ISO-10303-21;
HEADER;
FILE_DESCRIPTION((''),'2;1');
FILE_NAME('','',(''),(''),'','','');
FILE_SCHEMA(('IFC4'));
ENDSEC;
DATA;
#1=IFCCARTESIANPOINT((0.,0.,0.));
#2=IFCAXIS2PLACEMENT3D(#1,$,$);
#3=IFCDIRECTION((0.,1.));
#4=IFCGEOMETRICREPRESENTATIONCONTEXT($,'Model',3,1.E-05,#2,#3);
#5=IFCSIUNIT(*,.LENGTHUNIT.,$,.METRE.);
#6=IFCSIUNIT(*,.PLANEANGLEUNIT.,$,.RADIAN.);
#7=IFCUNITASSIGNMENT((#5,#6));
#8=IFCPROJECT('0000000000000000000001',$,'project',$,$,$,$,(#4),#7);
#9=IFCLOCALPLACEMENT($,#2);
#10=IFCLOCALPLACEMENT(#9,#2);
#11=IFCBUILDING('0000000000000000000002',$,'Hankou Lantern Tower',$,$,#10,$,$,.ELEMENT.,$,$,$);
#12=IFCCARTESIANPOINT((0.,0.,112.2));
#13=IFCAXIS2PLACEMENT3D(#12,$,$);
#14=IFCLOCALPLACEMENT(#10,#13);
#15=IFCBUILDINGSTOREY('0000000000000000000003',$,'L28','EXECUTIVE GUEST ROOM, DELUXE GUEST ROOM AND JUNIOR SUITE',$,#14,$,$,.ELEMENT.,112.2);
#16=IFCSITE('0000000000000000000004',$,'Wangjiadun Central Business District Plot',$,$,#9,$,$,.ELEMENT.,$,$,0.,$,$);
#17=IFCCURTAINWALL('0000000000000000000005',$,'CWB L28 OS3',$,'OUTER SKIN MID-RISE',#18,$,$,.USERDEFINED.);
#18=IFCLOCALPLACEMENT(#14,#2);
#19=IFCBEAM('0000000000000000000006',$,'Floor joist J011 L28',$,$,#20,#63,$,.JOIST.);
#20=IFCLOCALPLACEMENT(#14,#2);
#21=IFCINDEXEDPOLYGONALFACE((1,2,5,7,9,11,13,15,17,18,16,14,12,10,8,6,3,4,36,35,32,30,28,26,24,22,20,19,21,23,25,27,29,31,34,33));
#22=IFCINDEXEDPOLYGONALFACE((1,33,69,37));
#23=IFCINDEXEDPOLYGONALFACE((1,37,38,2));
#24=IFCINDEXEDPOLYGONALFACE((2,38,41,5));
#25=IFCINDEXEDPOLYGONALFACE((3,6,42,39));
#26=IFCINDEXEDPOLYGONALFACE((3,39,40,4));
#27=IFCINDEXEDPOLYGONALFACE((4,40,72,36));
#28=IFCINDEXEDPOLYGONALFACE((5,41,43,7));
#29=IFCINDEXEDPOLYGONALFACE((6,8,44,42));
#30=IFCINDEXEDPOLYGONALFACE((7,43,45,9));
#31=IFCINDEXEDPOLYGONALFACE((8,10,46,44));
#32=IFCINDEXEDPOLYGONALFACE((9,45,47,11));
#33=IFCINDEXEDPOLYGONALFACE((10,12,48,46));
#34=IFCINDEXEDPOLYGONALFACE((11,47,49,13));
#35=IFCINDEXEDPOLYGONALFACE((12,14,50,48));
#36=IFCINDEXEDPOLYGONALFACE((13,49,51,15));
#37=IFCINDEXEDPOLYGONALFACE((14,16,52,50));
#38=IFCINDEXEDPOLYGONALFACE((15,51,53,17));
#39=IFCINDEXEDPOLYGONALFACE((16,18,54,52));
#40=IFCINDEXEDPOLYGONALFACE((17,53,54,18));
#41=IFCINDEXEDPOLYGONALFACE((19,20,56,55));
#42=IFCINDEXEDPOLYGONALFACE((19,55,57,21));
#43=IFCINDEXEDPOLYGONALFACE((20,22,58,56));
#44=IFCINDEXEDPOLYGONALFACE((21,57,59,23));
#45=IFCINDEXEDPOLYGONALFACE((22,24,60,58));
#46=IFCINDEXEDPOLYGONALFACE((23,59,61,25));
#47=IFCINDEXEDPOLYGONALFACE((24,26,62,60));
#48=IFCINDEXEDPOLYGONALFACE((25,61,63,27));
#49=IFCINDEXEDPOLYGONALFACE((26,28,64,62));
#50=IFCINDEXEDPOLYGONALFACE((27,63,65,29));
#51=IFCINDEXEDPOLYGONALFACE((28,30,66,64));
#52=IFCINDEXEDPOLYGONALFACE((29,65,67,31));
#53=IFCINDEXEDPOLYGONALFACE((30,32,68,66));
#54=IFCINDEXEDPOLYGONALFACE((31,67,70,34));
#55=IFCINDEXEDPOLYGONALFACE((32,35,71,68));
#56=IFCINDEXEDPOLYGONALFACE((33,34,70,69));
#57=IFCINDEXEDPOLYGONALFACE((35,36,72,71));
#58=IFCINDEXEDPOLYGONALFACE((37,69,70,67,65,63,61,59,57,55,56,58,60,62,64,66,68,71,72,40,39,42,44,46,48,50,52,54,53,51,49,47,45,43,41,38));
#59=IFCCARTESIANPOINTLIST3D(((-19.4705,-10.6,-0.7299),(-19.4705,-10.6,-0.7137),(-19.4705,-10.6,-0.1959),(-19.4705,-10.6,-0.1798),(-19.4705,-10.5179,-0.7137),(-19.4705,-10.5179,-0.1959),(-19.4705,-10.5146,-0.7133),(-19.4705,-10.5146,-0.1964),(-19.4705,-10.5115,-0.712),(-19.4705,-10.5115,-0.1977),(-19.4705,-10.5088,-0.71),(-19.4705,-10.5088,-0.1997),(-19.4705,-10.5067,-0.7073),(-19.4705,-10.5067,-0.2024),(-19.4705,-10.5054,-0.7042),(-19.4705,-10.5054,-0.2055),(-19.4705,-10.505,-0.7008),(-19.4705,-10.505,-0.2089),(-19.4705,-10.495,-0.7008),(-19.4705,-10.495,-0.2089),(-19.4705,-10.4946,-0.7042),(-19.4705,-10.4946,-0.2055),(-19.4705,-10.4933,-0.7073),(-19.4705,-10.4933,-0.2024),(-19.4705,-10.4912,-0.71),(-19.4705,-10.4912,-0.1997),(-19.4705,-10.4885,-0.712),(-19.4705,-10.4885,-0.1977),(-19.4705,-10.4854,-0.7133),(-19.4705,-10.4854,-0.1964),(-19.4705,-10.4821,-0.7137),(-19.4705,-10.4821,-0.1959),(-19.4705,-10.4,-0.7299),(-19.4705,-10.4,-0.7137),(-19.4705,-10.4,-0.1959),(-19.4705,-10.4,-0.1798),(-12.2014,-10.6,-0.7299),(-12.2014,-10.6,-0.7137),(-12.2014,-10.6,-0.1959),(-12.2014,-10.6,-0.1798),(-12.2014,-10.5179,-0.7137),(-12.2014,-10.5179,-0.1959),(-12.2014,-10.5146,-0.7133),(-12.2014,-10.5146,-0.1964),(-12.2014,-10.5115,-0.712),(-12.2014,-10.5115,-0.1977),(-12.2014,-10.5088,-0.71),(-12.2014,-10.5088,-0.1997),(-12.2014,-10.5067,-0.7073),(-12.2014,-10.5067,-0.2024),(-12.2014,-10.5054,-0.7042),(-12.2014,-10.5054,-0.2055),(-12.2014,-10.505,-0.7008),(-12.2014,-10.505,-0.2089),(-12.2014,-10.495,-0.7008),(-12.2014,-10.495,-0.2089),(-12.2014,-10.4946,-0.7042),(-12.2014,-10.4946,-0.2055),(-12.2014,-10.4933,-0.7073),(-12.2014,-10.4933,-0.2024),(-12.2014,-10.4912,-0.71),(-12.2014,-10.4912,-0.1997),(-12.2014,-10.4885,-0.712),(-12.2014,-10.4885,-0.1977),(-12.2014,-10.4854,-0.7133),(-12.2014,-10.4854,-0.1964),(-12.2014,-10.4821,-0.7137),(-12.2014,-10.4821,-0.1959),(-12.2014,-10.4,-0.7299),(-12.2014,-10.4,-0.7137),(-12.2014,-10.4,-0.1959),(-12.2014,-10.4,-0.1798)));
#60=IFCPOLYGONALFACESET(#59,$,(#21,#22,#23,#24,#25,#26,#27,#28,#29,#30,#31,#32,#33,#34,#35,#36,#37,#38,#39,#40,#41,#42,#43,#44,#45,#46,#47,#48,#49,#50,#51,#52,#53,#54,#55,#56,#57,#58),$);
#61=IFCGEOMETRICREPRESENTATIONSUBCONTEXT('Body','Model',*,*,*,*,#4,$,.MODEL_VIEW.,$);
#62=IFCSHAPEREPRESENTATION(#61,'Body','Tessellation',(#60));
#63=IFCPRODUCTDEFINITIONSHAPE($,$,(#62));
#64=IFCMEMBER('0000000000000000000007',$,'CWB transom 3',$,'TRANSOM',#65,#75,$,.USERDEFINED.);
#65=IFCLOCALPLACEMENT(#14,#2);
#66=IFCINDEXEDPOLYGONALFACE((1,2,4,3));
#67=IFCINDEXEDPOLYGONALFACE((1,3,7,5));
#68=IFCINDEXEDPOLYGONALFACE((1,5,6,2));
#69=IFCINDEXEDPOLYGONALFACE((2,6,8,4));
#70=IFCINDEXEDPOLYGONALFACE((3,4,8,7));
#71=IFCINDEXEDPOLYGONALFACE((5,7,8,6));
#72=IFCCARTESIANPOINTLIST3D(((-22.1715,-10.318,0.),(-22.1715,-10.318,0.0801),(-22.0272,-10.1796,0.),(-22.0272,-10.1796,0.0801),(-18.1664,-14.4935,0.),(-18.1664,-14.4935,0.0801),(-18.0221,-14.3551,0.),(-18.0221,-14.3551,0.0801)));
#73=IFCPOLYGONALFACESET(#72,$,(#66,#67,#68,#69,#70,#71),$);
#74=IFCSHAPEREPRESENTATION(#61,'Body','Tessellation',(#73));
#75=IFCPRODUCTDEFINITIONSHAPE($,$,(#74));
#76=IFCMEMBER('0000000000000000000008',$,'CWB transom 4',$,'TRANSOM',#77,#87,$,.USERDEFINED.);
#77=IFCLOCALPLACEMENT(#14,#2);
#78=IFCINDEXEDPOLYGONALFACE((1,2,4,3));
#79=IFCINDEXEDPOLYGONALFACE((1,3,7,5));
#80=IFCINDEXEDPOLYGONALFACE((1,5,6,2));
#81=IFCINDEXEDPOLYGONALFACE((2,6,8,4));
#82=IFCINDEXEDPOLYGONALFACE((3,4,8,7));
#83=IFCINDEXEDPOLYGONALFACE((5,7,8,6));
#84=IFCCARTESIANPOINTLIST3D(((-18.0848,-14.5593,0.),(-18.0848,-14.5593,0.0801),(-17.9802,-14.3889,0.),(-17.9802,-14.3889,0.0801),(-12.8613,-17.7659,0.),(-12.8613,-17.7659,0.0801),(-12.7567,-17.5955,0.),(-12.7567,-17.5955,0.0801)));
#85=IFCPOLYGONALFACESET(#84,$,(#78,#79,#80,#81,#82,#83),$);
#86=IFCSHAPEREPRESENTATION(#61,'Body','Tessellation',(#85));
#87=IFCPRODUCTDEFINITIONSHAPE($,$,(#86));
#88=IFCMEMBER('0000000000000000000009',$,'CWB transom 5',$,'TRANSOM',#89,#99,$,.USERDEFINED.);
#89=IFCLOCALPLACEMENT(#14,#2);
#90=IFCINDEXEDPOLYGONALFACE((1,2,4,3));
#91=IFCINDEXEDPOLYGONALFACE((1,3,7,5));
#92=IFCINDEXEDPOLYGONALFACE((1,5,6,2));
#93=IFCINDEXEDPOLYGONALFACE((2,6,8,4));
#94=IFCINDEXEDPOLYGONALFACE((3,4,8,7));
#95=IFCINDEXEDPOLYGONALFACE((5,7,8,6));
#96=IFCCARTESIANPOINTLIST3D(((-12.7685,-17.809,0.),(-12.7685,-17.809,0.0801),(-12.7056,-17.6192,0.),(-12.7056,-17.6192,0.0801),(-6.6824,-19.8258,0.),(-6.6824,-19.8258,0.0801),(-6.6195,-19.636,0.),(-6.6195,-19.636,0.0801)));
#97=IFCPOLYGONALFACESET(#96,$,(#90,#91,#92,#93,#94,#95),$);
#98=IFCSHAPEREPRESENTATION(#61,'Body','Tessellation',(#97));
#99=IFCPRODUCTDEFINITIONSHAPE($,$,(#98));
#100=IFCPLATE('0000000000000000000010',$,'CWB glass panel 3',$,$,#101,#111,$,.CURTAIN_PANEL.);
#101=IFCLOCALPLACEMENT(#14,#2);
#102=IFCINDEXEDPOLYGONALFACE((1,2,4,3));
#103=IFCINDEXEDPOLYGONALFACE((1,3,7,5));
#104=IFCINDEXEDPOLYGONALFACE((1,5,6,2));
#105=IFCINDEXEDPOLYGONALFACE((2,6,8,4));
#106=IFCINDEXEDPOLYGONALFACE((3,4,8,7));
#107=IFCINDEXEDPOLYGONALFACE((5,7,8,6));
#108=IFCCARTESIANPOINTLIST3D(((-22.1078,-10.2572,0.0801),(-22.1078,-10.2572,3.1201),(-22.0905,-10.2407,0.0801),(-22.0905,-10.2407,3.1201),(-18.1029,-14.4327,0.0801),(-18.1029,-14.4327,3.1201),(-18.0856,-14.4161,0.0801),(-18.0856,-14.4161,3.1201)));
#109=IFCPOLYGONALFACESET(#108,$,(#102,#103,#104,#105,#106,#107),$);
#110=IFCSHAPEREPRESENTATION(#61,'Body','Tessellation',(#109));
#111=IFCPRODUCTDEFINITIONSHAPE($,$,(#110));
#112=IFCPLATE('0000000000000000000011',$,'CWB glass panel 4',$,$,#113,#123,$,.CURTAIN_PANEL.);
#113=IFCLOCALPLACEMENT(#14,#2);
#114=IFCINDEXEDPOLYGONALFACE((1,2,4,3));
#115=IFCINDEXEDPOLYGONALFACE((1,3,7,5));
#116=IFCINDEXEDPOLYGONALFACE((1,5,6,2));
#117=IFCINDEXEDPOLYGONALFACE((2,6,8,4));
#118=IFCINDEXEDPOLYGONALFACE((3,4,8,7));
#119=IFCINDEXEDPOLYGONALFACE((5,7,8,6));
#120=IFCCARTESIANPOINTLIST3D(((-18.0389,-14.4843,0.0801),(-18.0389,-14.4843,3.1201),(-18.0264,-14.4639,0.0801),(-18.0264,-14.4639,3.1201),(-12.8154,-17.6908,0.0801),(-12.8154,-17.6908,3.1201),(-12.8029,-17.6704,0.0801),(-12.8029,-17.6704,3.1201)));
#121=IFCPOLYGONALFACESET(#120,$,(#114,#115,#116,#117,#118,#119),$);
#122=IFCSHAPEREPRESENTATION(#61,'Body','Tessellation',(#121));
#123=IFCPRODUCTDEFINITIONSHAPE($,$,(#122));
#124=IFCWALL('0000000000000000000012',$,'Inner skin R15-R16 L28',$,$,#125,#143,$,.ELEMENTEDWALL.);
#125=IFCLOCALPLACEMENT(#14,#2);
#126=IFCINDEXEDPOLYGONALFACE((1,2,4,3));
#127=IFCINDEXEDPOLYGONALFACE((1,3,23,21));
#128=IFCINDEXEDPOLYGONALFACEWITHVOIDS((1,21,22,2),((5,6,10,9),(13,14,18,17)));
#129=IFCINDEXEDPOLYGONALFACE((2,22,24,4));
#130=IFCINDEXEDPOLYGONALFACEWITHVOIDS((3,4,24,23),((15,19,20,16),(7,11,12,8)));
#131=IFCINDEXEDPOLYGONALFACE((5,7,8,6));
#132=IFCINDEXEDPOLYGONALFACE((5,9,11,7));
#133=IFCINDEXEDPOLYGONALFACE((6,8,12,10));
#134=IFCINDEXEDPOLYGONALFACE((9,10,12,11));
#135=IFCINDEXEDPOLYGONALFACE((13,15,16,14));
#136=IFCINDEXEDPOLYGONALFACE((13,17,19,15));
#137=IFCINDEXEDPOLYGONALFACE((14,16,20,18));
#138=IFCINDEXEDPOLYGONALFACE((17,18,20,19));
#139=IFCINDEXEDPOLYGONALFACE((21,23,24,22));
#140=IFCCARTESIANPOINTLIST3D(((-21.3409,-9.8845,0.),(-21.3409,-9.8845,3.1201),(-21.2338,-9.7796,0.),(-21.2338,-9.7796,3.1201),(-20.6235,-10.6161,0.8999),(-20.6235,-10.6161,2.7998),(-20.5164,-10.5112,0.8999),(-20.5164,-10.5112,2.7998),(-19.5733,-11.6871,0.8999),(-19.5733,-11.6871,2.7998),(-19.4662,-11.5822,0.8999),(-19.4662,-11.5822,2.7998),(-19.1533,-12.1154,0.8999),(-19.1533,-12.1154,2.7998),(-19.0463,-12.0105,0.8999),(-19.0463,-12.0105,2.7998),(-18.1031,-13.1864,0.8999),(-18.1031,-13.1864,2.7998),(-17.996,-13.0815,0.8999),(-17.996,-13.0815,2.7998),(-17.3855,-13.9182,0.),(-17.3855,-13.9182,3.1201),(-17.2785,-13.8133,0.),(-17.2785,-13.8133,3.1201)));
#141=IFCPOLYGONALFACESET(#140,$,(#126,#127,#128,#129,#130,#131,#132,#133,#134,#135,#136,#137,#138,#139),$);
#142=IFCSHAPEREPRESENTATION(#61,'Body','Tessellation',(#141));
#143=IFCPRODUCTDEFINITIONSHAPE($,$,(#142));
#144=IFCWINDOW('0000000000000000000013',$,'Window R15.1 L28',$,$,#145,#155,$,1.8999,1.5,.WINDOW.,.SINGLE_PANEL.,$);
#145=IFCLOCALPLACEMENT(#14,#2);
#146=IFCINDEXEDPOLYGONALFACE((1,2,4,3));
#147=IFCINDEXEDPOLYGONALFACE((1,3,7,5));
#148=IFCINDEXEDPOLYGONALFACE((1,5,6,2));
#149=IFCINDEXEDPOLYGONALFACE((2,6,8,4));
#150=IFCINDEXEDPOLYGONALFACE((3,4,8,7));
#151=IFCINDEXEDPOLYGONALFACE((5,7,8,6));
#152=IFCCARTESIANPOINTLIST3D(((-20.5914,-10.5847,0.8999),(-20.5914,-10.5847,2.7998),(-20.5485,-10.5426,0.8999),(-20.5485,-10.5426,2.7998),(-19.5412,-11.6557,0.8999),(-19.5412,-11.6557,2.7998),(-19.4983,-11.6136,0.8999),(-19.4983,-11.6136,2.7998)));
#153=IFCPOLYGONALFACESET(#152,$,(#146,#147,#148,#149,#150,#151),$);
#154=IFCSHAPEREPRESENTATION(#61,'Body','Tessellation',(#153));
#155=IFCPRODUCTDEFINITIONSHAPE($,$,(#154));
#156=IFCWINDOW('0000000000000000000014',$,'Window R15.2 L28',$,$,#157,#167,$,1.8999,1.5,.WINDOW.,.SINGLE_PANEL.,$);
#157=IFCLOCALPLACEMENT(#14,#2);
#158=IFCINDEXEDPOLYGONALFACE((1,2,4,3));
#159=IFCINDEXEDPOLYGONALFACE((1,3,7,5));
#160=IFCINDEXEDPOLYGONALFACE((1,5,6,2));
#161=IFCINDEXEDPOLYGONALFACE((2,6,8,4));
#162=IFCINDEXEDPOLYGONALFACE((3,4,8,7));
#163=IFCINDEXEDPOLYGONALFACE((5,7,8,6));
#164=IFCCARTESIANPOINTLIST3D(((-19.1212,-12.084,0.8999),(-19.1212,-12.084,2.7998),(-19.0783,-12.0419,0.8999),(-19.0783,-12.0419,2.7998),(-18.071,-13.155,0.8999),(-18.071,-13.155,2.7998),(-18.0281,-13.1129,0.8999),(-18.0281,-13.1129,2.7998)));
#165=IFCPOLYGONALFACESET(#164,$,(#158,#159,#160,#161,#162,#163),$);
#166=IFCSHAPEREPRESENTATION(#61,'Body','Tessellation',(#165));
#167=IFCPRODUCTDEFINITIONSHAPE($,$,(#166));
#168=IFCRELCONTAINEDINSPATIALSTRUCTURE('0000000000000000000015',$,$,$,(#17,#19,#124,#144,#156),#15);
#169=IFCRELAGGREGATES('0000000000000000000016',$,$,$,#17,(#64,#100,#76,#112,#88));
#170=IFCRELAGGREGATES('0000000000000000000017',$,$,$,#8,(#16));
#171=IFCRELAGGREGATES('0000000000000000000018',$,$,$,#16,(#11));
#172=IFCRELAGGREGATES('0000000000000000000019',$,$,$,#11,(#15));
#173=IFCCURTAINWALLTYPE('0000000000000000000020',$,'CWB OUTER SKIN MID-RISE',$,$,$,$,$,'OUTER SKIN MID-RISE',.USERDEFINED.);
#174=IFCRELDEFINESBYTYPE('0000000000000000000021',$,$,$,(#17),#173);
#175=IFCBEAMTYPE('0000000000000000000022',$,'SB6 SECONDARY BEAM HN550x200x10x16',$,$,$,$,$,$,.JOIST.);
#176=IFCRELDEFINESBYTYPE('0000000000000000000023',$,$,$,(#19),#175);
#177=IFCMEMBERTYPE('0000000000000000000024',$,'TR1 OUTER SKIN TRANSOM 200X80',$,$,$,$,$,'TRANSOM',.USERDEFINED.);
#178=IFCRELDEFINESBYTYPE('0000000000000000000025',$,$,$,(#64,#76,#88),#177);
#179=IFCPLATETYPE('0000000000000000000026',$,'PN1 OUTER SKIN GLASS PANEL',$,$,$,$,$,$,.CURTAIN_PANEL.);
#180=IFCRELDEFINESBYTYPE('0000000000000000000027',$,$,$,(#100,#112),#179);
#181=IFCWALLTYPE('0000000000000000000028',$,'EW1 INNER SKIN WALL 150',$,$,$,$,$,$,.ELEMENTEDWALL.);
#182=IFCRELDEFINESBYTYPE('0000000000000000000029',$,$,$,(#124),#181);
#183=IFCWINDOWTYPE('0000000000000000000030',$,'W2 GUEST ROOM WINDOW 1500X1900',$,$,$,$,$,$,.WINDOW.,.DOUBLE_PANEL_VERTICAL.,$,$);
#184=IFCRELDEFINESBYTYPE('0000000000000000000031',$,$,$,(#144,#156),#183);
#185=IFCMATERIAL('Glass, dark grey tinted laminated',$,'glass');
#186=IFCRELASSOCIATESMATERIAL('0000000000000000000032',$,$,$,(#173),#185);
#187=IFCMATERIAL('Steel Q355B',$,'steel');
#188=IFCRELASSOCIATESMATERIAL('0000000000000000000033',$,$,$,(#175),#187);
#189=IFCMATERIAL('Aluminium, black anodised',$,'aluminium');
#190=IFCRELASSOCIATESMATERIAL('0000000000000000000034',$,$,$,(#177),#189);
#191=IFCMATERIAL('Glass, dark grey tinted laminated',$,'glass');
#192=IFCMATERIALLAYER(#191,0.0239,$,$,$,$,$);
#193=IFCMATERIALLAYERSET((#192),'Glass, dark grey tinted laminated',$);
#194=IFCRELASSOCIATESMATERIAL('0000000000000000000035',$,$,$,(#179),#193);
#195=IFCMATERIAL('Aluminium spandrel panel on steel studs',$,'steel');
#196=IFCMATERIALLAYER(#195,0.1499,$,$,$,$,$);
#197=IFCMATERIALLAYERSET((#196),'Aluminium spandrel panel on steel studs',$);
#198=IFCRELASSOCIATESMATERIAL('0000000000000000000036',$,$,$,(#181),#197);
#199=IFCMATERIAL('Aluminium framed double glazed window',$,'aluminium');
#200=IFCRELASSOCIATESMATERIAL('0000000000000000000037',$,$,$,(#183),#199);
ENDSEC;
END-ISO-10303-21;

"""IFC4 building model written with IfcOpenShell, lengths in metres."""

from ifc_helpers import new_model, si_unit, direction, frame, frame_2d, origin, origin_2d, place, context, subcontext, project, spatial, rectangle, i_section, extrude, material, layer, layer_set, material_profile, profile_set, type_object, element, fill, aggregate, save


model = new_model("IFC4")

# Units and contexts
model_context = context("Model", 3, precision=1e-05, world=origin(), true_north=direction((0.0, 1.0)))
body_context = subcontext(model_context, "Body", "Model", "MODEL_VIEW")
ifc_project = project(units=[si_unit("LENGTHUNIT", "METRE"), si_unit("PLANEANGLEUNIT", "RADIAN")], contexts=[model_context])

# Site, building, storey
site_placement = place(None, origin())
site = spatial("IfcSite", under=ifc_project, at=site_placement, Name="Wangjiadun Central Business District Plot", CompositionType="ELEMENT", RefElevation=0.0)
building_placement = place(site_placement, origin())
building = spatial("IfcBuilding", under=site, at=building_placement, Name="Hankou Lantern Tower", CompositionType="ELEMENT")
storey_placement = place(building_placement, frame((0.0, 0.0, 112.2)))
storey = spatial("IfcBuildingStorey", under=building, at=storey_placement, Name="L28", Description="EXECUTIVE GUEST ROOM, DELUXE GUEST ROOM AND JUNIOR SUITE", CompositionType="ELEMENT", Elevation=112.2)

# Curtain wall
ifc_material_1 = material(Name="Glass, dark grey tinted laminated", Category="glass")
curtain_wall_type = type_object("IfcCurtainWallType", Name="CWB OUTER SKIN MID-RISE", ElementType="OUTER SKIN MID-RISE", PredefinedType="USERDEFINED", material=ifc_material_1)
curtain_wall_placement = place(storey_placement, origin())
curtain_wall = element("IfcCurtainWall", 1, at=curtain_wall_placement, inside=storey, type_object=curtain_wall_type, Name="CWB L28 OS3", ObjectType="OUTER SKIN MID-RISE", PredefinedType="USERDEFINED")

# Beam
ifc_material_2 = material(Name="Steel Q355B", Category="steel")
ifc_material_profile_1 = material_profile(ifc_material_2, i_section(OverallWidth=0.2, OverallDepth=0.55, WebThickness=0.01, FlangeThickness=0.0161, FilletRadius=0.0129, at=origin_2d()), Name="HN550x200x10x16")
ifc_profile_set_1 = profile_set([ifc_material_profile_1], Name="Steel Q355B")
beam_type_1 = type_object("IfcBeamType", Name="SB6 SECONDARY BEAM HN550x200x10x16", PredefinedType="JOIST", material=ifc_profile_set_1)
beam_1_placement = place(storey_placement, frame((-19.4705, -10.5, -0.4548), z_axis=(1.0, 0.0, 0.0), x_axis=(0.0, 1.0, 0.0)))
element("IfcBeam", 2, at=beam_1_placement, inside=storey, type_object=beam_type_1, Name="Floor joist J011 L28", PredefinedType="JOIST", context=body_context, shape_type="SweptSolid", body=[
    extrude(i_section(OverallWidth=0.2, OverallDepth=0.55, WebThickness=0.01, FlangeThickness=0.0161, FilletRadius=0.0129, at=origin_2d()), origin(), (0.0, 0.0, 1.0), 7.269),
])

# Members
ifc_material_3 = material(Name="Aluminium, black anodised", Category="aluminium")
ifc_material_profile_2 = material_profile(ifc_material_3, rectangle(XDim=0.2, YDim=0.0801, at=origin_2d()), Name="TR1 200X80")
ifc_profile_set_2 = profile_set([ifc_material_profile_2], Name="Aluminium, black anodised")
member_type_1 = type_object("IfcMemberType", Name="TR1 OUTER SKIN TRANSOM 200X80", ElementType="TRANSOM", PredefinedType="USERDEFINED", material=ifc_profile_set_2)
member_1_placement = place(storey_placement, frame((-22.0994, -10.2488, 0.04), z_axis=(0.692227, -0.72168, 0.0), x_axis=(0.72168, 0.692227, 0.0)))
member_1 = element("IfcMember", 3, at=member_1_placement, type_object=member_type_1, Name="CWB transom 3", ObjectType="TRANSOM", PredefinedType="USERDEFINED", context=body_context, shape_type="SweptSolid", body=[
    extrude(rectangle(XDim=0.2, YDim=0.0801, at=origin_2d()), origin(), (0.0, 0.0, 1.0), 5.7859),
])
member_2_placement = place(storey_placement, frame((-18.0325, -14.4741, 0.04), z_axis=(0.852229, -0.523168, 0.0), x_axis=(0.523168, 0.852229, 0.0)))
member_2 = element("IfcMember", 4, at=member_2_placement, type_object=member_type_1, Name="CWB transom 4", ObjectType="TRANSOM", PredefinedType="USERDEFINED", context=body_context, shape_type="SweptSolid", body=[
    extrude(rectangle(XDim=0.2, YDim=0.0801, at=origin_2d()), origin(), (0.0, 0.0, 1.0), 6.1292),
])
member_3_placement = place(storey_placement, frame((-12.7371, -17.7141, 0.04), z_axis=(0.949238, -0.314559, 0.0), x_axis=(0.314559, 0.949238, 0.0)))
member_3 = element("IfcMember", 5, at=member_3_placement, type_object=member_type_1, Name="CWB transom 5", ObjectType="TRANSOM", PredefinedType="USERDEFINED", context=body_context, shape_type="SweptSolid", body=[
    extrude(rectangle(XDim=0.2, YDim=0.0801, at=origin_2d()), origin(), (0.0, 0.0, 1.0), 6.4116),
])

# Plates
ifc_material_4 = material(Name="Glass, dark grey tinted laminated", Category="glass")
ifc_layer_1 = layer(ifc_material_4, 0.0239)
ifc_layer_set_1 = layer_set([ifc_layer_1], Name="Glass, dark grey tinted laminated")
plate_type = type_object("IfcPlateType", Name="PN1 OUTER SKIN GLASS PANEL", PredefinedType="CURTAIN_PANEL", material=ifc_layer_set_1)
plate_1_placement = place(storey_placement, frame((-20.0967, -12.3367, 0.0801), z_axis=(0.0, 0.0, 1.0), x_axis=(0.692216, -0.721691, 0.0)))
plate_1 = element("IfcPlate", 6, at=plate_1_placement, type_object=plate_type, Name="CWB glass panel 3", PredefinedType="CURTAIN_PANEL", context=body_context, shape_type="SweptSolid", body=[
    extrude(rectangle(XDim=5.7856, YDim=0.0239, at=origin_2d()), origin(), (0.0, 0.0, 1.0), 3.04),
])
plate_2_placement = place(storey_placement, frame((-15.4209, -16.0774, 0.0801), z_axis=(0.0, 0.0, 1.0), x_axis=(0.852237, -0.523156, 0.0)))
plate_2 = element("IfcPlate", 7, at=plate_2_placement, type_object=plate_type, Name="CWB glass panel 4", PredefinedType="CURTAIN_PANEL", context=body_context, shape_type="SweptSolid", body=[
    extrude(rectangle(XDim=6.1292, YDim=0.0239, at=origin_2d()), origin(), (0.0, 0.0, 1.0), 3.04),
])
aggregate(curtain_wall, [member_1, plate_1, member_2, plate_2, member_3])

# Wall, openings, windows
ifc_material_5 = material(Name="Aluminium spandrel panel on steel studs", Category="steel")
ifc_layer_2 = layer(ifc_material_5, 0.1499)
ifc_layer_set_2 = layer_set([ifc_layer_2], Name="Aluminium spandrel panel on steel studs")
wall_type_1 = type_object("IfcWallType", Name="EW1 INNER SKIN WALL 150", PredefinedType="ELEMENTEDWALL", material=ifc_layer_set_2)
wall_1_placement = place(storey_placement, frame((-21.2874, -9.832, 0.0), z_axis=(0.0, 0.0, 1.0), x_axis=(0.700137, -0.714009, 0.0)))
wall_1 = element("IfcWall", 8, at=wall_1_placement, inside=storey, type_object=wall_type_1, Name="Inner skin R15-R16 L28", PredefinedType="ELEMENTEDWALL", context=body_context, shape_type="SweptSolid", body=[
    extrude(rectangle(XDim=5.6494, YDim=0.1499, at=frame_2d((2.8247, 0.0))), origin(), (0.0, 0.0, 1.0), 3.1201),
])
opening_1_placement = place(wall_1_placement, frame((1.0247, 0.0, 0.8999)))
opening_1 = element("IfcOpeningElement", 9, at=opening_1_placement, cuts=wall_1, PredefinedType="OPENING", context=body_context, shape_type="SweptSolid", body=[
    extrude(rectangle(XDim=1.5, YDim=1.8999, at=frame_2d((0.75, 0.95))), frame((0.0, 0.085, 0.0), z_axis=(0.0, -1.0, 0.0), x_axis=(1.0, 0.0, 0.0)), (0.0, 0.0, 1.0), 0.1699),
])
opening_2_placement = place(wall_1_placement, frame((3.1245, 0.0, 0.8999)))
opening_2 = element("IfcOpeningElement", 10, at=opening_2_placement, cuts=wall_1, PredefinedType="OPENING", context=body_context, shape_type="SweptSolid", body=[
    extrude(rectangle(XDim=1.5, YDim=1.8999, at=frame_2d((0.75, 0.95))), frame((0.0, 0.085, 0.0), z_axis=(0.0, -1.0, 0.0), x_axis=(1.0, 0.0, 0.0)), (0.0, 0.0, 1.0), 0.1699),
])
ifc_material_6 = material(Name="Aluminium framed double glazed window", Category="aluminium")
window_type = type_object("IfcWindowType", Name="W2 GUEST ROOM WINDOW 1500X1900", PartitioningType="DOUBLE_PANEL_VERTICAL", PredefinedType="WINDOW", material=ifc_material_6)
window_1_placement = place(opening_1_placement, origin())
window_1 = element("IfcWindow", 11, at=window_1_placement, inside=storey, type_object=window_type, Name="Window R15.1 L28", OverallHeight=1.8999, OverallWidth=1.5, PartitioningType="SINGLE_PANEL", PredefinedType="WINDOW", context=body_context, shape_type="SweptSolid", body=[
    extrude(rectangle(XDim=1.5, YDim=1.8999, at=frame_2d((0.75, 0.95))), frame((0.0, 0.03, 0.0), z_axis=(0.0, -1.0, 0.0), x_axis=(1.0, 0.0, 0.0)), (0.0, 0.0, 1.0), 0.0601),
])
fill(opening_1, window_1)
window_2_placement = place(opening_2_placement, origin())
window_2 = element("IfcWindow", 12, at=window_2_placement, inside=storey, type_object=window_type, Name="Window R15.2 L28", OverallHeight=1.8999, OverallWidth=1.5, PartitioningType="SINGLE_PANEL", PredefinedType="WINDOW", context=body_context, shape_type="SweptSolid", body=[
    extrude(rectangle(XDim=1.5, YDim=1.8999, at=frame_2d((0.75, 0.95))), frame((0.0, 0.03, 0.0), z_axis=(0.0, -1.0, 0.0), x_axis=(1.0, 0.0, 0.0)), (0.0, 0.0, 1.0), 0.0601),
])
fill(opening_2, window_2)

save(model, "model.ifc")
